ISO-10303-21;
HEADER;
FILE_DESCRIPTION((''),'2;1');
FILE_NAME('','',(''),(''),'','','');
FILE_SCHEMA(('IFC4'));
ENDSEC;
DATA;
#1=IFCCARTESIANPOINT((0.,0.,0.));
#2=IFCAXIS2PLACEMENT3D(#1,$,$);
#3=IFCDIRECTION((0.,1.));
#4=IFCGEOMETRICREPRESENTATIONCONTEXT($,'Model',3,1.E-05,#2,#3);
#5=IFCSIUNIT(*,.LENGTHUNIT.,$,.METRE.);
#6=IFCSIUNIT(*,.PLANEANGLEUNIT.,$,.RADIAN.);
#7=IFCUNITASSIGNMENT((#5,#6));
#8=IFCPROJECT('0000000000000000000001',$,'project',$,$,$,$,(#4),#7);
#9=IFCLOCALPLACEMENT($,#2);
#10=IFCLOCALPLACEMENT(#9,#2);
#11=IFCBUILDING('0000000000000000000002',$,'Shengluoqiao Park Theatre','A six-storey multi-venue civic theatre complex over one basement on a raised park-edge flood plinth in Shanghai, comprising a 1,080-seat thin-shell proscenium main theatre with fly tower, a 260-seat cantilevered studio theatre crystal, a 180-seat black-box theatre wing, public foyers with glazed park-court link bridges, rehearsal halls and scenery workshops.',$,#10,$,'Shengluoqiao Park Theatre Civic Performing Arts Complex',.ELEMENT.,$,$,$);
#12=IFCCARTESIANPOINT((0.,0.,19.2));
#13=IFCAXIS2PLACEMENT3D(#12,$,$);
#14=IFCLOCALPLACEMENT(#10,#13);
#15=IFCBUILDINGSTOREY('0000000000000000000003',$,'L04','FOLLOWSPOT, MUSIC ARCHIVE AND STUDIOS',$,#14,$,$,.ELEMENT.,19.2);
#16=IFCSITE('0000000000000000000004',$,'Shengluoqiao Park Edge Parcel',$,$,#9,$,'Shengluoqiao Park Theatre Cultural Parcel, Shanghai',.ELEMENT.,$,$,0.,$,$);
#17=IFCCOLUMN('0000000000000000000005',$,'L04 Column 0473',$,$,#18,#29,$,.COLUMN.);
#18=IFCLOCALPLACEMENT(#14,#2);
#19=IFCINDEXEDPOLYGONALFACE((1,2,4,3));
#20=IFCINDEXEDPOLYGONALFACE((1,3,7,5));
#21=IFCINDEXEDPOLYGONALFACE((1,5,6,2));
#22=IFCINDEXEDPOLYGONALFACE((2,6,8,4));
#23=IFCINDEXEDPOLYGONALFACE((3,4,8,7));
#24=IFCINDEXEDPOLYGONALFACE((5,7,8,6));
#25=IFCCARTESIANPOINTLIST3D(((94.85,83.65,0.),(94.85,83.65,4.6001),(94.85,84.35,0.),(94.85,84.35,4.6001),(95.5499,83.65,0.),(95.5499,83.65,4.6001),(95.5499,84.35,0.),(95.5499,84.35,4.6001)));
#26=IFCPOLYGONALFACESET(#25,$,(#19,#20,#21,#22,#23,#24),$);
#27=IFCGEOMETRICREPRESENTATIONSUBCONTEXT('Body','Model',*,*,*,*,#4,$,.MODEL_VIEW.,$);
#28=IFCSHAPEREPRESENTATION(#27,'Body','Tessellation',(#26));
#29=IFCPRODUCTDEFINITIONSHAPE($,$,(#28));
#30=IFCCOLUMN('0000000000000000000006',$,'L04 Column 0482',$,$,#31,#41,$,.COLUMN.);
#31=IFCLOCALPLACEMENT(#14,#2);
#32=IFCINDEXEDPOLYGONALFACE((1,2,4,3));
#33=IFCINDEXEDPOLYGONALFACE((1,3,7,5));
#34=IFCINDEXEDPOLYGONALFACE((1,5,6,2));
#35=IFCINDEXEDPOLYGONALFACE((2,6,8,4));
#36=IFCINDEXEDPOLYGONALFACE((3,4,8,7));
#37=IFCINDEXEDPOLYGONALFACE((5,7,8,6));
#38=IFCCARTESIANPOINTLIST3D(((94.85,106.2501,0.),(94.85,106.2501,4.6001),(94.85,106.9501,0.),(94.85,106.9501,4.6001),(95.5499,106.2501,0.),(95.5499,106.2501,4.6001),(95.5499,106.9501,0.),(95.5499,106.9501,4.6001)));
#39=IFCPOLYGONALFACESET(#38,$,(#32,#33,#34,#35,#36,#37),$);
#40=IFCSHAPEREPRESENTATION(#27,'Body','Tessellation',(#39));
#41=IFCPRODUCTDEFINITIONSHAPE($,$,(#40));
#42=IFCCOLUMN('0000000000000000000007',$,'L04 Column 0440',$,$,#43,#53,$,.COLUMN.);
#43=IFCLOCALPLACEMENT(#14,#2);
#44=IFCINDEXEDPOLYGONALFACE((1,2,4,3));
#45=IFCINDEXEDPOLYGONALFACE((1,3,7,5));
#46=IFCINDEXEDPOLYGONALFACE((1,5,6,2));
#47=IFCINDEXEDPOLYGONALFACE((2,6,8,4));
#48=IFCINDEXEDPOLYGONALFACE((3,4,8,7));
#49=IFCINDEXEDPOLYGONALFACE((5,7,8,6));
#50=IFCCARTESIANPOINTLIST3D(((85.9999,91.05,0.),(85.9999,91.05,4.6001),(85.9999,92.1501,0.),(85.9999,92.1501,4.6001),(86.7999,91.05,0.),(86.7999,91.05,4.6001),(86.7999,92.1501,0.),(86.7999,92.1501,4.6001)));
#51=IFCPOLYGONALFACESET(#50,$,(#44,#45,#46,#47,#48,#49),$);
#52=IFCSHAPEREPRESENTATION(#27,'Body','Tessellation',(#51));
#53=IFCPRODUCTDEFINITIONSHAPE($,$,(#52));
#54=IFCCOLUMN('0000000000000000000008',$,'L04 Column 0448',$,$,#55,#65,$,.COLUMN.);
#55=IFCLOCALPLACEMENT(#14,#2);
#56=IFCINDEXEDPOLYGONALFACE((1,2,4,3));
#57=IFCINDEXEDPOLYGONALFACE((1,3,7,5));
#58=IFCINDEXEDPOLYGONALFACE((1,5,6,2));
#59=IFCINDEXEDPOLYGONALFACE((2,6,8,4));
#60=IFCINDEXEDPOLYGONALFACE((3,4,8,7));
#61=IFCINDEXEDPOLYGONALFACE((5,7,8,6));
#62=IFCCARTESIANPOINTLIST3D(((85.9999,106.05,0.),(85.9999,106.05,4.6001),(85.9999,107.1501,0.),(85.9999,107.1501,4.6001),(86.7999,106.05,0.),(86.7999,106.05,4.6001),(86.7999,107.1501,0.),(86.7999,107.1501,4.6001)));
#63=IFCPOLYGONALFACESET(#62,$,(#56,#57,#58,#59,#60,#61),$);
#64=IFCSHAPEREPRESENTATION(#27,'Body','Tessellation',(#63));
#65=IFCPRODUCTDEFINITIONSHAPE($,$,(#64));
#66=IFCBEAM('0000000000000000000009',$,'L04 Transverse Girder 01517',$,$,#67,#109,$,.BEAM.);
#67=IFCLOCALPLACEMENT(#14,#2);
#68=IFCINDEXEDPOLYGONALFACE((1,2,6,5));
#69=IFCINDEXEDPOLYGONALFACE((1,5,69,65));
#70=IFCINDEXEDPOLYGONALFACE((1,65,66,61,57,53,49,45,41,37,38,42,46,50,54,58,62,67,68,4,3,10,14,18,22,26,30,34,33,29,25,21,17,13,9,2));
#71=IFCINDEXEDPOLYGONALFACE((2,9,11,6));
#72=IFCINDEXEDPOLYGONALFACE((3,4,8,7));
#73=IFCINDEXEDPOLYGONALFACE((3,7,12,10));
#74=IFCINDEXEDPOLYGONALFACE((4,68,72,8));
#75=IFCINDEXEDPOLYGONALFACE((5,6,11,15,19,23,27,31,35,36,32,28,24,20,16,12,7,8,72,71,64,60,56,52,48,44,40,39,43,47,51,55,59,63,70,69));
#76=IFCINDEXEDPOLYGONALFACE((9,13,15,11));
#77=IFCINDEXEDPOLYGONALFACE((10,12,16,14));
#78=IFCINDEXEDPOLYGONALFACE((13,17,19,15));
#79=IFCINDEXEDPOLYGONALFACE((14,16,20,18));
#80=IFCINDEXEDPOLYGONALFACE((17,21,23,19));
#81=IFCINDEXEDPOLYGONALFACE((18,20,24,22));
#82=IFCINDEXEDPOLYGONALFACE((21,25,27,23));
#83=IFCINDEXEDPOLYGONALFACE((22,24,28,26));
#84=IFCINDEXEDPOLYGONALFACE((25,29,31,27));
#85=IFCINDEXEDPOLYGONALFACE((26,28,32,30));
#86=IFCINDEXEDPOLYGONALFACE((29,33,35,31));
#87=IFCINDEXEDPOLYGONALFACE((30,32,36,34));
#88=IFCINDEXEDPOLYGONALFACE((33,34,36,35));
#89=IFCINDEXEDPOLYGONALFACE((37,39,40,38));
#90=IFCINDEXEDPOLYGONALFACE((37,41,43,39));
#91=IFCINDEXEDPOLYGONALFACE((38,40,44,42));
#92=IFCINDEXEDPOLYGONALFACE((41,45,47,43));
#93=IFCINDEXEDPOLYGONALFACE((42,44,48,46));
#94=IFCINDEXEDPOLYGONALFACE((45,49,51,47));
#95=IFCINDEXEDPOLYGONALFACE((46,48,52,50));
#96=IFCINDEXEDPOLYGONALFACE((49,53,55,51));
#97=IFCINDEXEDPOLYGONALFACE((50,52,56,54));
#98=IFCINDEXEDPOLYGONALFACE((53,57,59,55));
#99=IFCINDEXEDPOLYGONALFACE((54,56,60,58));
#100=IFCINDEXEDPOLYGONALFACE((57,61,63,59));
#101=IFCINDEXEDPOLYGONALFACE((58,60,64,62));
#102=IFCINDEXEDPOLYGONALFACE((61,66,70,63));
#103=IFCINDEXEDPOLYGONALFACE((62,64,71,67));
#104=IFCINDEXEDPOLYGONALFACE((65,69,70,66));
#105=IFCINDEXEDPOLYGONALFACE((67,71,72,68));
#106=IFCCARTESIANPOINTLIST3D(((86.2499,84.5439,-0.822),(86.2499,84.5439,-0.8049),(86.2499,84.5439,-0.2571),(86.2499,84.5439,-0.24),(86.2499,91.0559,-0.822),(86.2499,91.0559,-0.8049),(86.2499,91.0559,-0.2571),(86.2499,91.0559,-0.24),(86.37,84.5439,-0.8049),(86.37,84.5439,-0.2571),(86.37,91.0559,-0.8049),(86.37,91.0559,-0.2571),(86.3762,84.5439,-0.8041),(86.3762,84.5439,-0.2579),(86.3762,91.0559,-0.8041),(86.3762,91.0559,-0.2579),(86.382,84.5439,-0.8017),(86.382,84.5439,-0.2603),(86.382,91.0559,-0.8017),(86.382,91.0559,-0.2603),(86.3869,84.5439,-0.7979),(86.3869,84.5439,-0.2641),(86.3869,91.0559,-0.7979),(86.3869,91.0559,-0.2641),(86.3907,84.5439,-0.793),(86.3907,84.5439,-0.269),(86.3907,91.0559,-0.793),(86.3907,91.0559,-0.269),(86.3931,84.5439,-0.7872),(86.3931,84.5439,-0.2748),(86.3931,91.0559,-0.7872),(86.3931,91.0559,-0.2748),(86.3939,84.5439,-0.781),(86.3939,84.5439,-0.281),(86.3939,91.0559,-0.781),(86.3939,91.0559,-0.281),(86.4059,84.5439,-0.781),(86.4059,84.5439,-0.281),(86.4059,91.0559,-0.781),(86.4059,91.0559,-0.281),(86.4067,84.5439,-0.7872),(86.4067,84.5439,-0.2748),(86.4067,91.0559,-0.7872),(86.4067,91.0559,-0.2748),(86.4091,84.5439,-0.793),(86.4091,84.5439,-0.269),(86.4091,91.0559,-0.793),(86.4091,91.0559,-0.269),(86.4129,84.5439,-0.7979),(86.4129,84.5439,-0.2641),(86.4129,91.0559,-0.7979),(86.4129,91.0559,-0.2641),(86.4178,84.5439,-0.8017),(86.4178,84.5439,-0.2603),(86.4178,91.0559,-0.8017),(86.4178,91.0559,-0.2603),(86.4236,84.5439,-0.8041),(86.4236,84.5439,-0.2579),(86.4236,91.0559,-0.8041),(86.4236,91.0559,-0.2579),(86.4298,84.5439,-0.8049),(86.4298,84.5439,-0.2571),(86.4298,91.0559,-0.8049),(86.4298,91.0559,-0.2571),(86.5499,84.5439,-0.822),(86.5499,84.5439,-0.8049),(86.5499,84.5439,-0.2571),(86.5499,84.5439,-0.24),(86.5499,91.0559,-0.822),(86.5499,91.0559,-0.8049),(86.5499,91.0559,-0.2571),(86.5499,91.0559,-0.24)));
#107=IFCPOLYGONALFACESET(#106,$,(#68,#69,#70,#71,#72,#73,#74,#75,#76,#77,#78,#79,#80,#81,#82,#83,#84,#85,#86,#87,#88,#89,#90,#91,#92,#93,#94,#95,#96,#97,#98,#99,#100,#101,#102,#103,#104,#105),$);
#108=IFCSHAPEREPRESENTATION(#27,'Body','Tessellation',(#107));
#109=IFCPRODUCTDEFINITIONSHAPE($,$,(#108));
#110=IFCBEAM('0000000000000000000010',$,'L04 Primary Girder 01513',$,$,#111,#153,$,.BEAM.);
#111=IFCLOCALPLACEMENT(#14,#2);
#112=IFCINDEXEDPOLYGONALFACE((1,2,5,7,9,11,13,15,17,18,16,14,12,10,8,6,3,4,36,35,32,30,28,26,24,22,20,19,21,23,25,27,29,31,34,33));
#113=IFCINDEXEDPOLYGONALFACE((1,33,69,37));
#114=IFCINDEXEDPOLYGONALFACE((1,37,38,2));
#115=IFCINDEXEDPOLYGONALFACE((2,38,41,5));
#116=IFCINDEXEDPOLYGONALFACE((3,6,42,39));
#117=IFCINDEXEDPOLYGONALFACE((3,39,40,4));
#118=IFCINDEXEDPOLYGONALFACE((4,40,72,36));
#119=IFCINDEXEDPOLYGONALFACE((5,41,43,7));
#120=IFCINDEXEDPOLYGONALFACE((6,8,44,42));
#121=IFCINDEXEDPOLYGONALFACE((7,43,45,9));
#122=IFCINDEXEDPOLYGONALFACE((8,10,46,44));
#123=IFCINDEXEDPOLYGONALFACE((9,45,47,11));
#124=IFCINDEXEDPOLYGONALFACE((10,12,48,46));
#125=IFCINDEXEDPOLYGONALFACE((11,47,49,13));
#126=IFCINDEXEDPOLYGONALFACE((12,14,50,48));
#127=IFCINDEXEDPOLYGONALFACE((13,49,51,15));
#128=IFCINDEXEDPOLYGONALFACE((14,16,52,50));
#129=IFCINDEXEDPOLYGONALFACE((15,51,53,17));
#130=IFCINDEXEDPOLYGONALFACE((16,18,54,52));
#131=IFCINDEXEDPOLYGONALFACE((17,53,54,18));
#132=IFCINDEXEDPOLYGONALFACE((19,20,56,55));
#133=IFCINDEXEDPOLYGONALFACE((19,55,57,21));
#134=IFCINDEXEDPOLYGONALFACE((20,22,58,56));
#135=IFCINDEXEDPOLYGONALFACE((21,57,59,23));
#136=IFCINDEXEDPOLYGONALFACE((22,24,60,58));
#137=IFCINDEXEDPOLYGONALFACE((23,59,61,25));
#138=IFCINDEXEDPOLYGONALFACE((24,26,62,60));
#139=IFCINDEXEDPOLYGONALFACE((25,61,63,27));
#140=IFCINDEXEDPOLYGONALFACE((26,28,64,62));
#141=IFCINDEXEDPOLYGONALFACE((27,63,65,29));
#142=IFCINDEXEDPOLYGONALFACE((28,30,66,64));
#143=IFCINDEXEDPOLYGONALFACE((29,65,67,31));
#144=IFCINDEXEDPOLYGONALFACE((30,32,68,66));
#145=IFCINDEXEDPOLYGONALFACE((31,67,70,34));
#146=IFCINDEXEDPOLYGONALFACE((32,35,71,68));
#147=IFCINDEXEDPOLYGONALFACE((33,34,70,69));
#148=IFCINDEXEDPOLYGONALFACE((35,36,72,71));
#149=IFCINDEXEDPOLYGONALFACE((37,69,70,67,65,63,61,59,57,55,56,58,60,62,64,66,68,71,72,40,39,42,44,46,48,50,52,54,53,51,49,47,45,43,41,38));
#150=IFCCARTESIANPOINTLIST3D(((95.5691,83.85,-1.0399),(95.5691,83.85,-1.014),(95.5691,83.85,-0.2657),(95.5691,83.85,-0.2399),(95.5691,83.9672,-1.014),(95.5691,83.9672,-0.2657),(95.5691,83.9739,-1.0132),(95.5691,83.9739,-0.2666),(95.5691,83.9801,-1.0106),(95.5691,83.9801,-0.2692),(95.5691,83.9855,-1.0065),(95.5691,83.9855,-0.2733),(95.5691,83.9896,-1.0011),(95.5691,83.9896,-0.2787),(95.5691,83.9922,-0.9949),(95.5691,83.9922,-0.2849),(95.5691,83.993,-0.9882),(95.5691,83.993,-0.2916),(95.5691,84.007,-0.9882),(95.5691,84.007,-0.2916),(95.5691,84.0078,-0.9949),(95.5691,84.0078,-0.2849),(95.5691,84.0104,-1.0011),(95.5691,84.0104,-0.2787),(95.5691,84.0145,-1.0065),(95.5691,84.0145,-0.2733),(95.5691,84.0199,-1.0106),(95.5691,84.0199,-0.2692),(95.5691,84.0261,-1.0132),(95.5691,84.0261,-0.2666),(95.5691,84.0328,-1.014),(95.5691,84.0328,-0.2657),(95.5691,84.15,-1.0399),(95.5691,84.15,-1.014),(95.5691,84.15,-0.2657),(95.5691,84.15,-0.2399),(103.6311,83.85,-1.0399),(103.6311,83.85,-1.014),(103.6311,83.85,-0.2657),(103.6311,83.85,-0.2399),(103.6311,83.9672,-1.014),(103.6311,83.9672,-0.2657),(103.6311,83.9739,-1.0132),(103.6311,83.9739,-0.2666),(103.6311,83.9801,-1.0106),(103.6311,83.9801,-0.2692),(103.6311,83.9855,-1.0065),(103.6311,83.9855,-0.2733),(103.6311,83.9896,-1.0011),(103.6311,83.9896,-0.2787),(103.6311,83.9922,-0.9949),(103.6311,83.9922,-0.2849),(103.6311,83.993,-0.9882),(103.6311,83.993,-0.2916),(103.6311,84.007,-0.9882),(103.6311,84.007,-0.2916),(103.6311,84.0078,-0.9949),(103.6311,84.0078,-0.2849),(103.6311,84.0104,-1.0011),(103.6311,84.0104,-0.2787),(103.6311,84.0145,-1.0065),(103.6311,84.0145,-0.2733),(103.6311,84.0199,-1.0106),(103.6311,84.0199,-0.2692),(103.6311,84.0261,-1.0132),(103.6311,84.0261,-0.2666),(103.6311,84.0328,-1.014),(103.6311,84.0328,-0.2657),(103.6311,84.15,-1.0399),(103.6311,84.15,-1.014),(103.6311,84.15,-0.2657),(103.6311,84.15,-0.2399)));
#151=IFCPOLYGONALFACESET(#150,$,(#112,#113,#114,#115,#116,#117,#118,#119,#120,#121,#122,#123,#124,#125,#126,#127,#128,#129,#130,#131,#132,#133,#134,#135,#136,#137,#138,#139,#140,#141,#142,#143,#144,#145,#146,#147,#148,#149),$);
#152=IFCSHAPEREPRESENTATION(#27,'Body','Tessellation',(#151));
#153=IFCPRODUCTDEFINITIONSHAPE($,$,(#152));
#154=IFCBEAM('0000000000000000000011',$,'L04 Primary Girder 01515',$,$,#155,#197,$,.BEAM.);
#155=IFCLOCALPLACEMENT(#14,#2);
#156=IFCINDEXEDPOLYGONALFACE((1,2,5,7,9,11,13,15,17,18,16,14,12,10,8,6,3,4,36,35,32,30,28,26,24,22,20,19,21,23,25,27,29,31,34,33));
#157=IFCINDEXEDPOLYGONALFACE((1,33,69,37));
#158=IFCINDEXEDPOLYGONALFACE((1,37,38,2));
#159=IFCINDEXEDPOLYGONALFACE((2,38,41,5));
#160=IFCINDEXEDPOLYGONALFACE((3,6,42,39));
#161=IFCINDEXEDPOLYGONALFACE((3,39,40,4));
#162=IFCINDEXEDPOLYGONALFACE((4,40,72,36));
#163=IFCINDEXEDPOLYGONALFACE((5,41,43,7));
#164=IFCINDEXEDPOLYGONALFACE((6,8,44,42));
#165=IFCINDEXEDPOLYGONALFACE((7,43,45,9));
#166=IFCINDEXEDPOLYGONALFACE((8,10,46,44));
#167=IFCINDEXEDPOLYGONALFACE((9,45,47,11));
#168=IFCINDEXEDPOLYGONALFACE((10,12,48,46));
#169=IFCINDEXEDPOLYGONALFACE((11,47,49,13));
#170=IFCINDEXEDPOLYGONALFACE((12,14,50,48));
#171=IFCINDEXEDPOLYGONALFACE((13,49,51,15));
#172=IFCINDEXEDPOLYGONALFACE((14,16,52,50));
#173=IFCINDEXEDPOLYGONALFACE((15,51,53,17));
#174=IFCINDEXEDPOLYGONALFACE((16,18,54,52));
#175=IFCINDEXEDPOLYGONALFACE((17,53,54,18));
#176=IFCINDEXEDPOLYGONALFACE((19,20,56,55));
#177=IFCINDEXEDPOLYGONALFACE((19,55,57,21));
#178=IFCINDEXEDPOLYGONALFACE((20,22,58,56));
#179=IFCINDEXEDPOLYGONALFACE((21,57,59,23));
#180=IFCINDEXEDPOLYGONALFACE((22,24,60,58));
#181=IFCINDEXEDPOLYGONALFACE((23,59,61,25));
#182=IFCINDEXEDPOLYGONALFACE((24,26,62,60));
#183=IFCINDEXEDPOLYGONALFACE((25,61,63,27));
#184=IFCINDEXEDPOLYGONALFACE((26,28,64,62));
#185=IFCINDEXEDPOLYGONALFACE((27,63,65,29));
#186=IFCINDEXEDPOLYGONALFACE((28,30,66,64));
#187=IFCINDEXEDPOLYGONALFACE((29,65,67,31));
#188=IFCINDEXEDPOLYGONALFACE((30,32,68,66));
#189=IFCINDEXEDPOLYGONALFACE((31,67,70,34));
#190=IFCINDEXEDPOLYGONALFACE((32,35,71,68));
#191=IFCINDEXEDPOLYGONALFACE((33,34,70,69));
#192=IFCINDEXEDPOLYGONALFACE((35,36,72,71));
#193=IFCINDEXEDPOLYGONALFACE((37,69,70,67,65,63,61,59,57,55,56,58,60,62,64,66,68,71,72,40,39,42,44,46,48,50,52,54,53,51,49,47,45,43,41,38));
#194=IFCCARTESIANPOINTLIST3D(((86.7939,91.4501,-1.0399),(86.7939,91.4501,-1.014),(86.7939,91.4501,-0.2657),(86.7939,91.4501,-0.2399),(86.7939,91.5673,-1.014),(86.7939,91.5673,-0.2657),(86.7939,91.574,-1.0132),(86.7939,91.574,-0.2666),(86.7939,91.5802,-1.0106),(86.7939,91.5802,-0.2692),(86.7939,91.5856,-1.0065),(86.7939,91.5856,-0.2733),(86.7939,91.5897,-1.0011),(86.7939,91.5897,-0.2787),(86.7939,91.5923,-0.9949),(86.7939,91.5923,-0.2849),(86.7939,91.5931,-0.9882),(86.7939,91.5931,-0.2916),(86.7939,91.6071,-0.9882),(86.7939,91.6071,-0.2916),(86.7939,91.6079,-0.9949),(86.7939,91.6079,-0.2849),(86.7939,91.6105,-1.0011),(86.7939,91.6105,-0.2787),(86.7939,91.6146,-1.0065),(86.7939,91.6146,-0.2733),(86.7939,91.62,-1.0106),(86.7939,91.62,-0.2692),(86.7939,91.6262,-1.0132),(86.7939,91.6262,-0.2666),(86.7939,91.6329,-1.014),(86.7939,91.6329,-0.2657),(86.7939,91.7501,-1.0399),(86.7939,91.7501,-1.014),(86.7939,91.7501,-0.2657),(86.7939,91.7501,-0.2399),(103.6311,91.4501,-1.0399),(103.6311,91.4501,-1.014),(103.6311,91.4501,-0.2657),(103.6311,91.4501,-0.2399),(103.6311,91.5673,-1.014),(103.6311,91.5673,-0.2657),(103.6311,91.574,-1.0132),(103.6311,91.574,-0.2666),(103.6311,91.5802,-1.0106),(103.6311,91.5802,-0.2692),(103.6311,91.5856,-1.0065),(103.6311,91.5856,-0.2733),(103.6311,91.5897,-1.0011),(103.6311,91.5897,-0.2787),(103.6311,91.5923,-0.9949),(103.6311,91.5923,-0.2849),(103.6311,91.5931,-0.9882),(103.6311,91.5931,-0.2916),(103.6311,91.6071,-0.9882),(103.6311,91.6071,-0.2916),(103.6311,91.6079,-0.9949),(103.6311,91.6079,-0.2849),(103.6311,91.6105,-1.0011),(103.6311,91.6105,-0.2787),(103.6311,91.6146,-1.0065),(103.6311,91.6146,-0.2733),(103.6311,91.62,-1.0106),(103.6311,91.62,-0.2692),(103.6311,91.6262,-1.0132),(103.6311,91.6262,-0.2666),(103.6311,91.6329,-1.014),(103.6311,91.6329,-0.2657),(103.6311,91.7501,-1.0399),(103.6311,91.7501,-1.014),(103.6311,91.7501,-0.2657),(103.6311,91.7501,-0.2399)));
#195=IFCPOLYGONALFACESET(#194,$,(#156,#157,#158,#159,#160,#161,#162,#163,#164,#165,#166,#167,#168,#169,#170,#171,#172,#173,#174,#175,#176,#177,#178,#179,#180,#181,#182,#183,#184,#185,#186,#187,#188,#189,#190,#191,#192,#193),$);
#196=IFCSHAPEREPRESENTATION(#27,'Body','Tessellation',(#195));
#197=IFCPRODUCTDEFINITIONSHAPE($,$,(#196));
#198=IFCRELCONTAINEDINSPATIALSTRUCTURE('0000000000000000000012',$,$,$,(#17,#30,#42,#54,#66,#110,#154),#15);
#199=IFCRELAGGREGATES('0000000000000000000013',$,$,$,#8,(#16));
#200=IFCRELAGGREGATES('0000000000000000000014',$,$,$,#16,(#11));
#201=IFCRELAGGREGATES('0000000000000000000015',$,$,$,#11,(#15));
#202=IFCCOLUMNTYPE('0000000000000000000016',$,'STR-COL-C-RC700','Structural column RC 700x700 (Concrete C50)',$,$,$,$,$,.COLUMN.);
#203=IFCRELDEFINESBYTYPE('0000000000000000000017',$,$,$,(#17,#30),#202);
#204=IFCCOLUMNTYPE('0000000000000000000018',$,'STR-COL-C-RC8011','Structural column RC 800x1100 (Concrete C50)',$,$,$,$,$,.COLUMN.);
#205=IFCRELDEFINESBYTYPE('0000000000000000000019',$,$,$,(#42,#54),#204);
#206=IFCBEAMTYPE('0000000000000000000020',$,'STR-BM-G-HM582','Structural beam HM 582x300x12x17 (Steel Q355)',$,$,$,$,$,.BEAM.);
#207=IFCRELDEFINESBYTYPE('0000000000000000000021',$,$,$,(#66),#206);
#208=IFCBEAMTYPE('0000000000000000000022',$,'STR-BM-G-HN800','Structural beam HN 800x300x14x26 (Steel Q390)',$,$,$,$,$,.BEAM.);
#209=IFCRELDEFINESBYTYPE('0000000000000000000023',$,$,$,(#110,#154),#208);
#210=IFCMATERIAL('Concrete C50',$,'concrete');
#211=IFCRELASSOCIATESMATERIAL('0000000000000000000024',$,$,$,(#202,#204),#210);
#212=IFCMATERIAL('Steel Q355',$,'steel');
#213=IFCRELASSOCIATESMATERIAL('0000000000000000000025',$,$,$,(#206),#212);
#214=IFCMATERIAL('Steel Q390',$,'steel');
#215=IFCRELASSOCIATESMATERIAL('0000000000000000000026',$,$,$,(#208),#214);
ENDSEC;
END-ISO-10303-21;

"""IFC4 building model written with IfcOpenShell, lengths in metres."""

from ifc_helpers import new_model, si_unit, direction, frame, origin, origin_2d, place, context, subcontext, project, spatial, rectangle, i_section, extrude, material, material_profile, profile_set, type_object, element, save


model = new_model("IFC4")

# Units and contexts
model_context = context("Model", 3, precision=1e-05, world=origin(), true_north=direction((0.0, 1.0)))
body_context = subcontext(model_context, "Body", "Model", "MODEL_VIEW")
ifc_project = project(units=[si_unit("LENGTHUNIT", "METRE"), si_unit("PLANEANGLEUNIT", "RADIAN")], contexts=[model_context])

# Site, building, storey
site_placement = place(None, origin())
site = spatial("IfcSite", under=ifc_project, at=site_placement, Name="Shengluoqiao Park Edge Parcel", LongName="Shengluoqiao Park Theatre Cultural Parcel, Shanghai", CompositionType="ELEMENT", RefElevation=0.0)
building_placement = place(site_placement, origin())
building = spatial("IfcBuilding", under=site, at=building_placement, Name="Shengluoqiao Park Theatre", Description="A six-storey multi-venue civic theatre complex over one basement on a raised park-edge flood plinth in Shanghai, comprising a 1,080-seat thin-shell proscenium main theatre with fly tower, a 260-seat cantilevered studio theatre crystal, a 180-seat black-box theatre wing, public foyers with glazed park-court link bridges, rehearsal halls and scenery workshops.", LongName="Shengluoqiao Park Theatre Civic Performing Arts Complex", CompositionType="ELEMENT")
storey_placement = place(building_placement, frame((0.0, 0.0, 19.2)))
storey = spatial("IfcBuildingStorey", under=building, at=storey_placement, Name="L04", Description="FOLLOWSPOT, MUSIC ARCHIVE AND STUDIOS", CompositionType="ELEMENT", Elevation=19.2)

# Columns
ifc_material_1 = material(Name="Concrete C50", Category="concrete")
ifc_material_profile_1 = material_profile(ifc_material_1, rectangle(XDim=0.7, YDim=0.7, at=origin_2d()), Name="RC 700x700")
ifc_profile_set_1 = profile_set([ifc_material_profile_1], Name="Concrete C50")
column_type_1 = type_object("IfcColumnType", Name="STR-COL-C-RC700", Description="Structural column RC 700x700 (Concrete C50)", PredefinedType="COLUMN", material=ifc_profile_set_1)
for number, where, z_axis, x_axis, name in (
    (1, (95.2, 84.0, 0.0), (0.0, 0.0, 1.0), (1.0, 0.0, 0.0), "L04 Column 0473"),
    (2, (95.2, 106.6001, 0.0), (0.0, 0.0, 1.0), (1.0, 0.0, 0.0), "L04 Column 0482"),
):
    element("IfcColumn", number, at=place(storey_placement, frame(where, z_axis=z_axis, x_axis=x_axis)), inside=storey, type_object=column_type_1, Name=name, PredefinedType="COLUMN", context=body_context, shape_type="SweptSolid", body=[
        extrude(rectangle(XDim=0.7, YDim=0.7, at=origin_2d()), origin(), (0.0, 0.0, 1.0), 4.6001),
    ])
ifc_material_profile_2 = material_profile(ifc_material_1, rectangle(XDim=0.8, YDim=1.1001, at=origin_2d()), Name="RC 800x1100")
ifc_profile_set_2 = profile_set([ifc_material_profile_2], Name="Concrete C50")
column_type_2 = type_object("IfcColumnType", Name="STR-COL-C-RC8011", Description="Structural column RC 800x1100 (Concrete C50)", PredefinedType="COLUMN", material=ifc_profile_set_2)
for number, where, z_axis, x_axis, name in (
    (3, (86.3999, 91.6001, 0.0), (0.0, 0.0, 1.0), (1.0, 0.0, 0.0), "L04 Column 0440"),
    (4, (86.3999, 106.6001, 0.0), (0.0, 0.0, 1.0), (1.0, 0.0, 0.0), "L04 Column 0448"),
):
    element("IfcColumn", number, at=place(storey_placement, frame(where, z_axis=z_axis, x_axis=x_axis)), inside=storey, type_object=column_type_2, Name=name, PredefinedType="COLUMN", context=body_context, shape_type="SweptSolid", body=[
        extrude(rectangle(XDim=0.8, YDim=1.1001, at=origin_2d()), origin(), (0.0, 0.0, 1.0), 4.6001),
    ])

# Beams
ifc_material_2 = material(Name="Steel Q355", Category="steel")
ifc_material_profile_3 = material_profile(ifc_material_2, i_section(OverallWidth=0.3, OverallDepth=0.582, WebThickness=0.012, FlangeThickness=0.0171, FilletRadius=0.0239, at=origin_2d()), Name="HM 582x300x12x17")
ifc_profile_set_3 = profile_set([ifc_material_profile_3], Name="Steel Q355")
beam_type_1 = type_object("IfcBeamType", Name="STR-BM-G-HM582", Description="Structural beam HM 582x300x12x17 (Steel Q355)", PredefinedType="BEAM", material=ifc_profile_set_3)
beam_1_placement = place(storey_placement, frame((86.3999, 84.5439, -0.531), z_axis=(0.0, 1.0, 0.0), x_axis=(-1.0, 0.0, 0.0)))
element("IfcBeam", 5, at=beam_1_placement, inside=storey, type_object=beam_type_1, Name="L04 Transverse Girder 01517", PredefinedType="BEAM", context=body_context, shape_type="SweptSolid", body=[
    extrude(i_section(OverallWidth=0.3, OverallDepth=0.582, WebThickness=0.012, FlangeThickness=0.0171, FilletRadius=0.0239, at=origin_2d()), origin(), (0.0, 0.0, 1.0), 6.512),
])
ifc_material_3 = material(Name="Steel Q390", Category="steel")
ifc_material_profile_4 = material_profile(ifc_material_3, i_section(OverallWidth=0.3, OverallDepth=0.8, WebThickness=0.0139, FlangeThickness=0.0259, FilletRadius=0.0259, at=origin_2d()), Name="HN 800x300x14x26")
ifc_profile_set_4 = profile_set([ifc_material_profile_4], Name="Steel Q390")
beam_type_2 = type_object("IfcBeamType", Name="STR-BM-G-HN800", Description="Structural beam HN 800x300x14x26 (Steel Q390)", PredefinedType="BEAM", material=ifc_profile_set_4)
beam_2_placement = place(storey_placement, frame((95.5691, 84.0, -0.6399), z_axis=(1.0, 0.0, 0.0), x_axis=(0.0, 1.0, 0.0)))
element("IfcBeam", 6, at=beam_2_placement, inside=storey, type_object=beam_type_2, Name="L04 Primary Girder 01513", PredefinedType="BEAM", context=body_context, shape_type="SweptSolid", body=[
    extrude(i_section(OverallWidth=0.3, OverallDepth=0.8, WebThickness=0.0139, FlangeThickness=0.0259, FilletRadius=0.0259, at=origin_2d()), origin(), (0.0, 0.0, 1.0), 8.062),
])
beam_3_placement = place(storey_placement, frame((86.7939, 91.6001, -0.6399), z_axis=(1.0, 0.0, 0.0), x_axis=(0.0, 1.0, 0.0)))
element("IfcBeam", 7, at=beam_3_placement, inside=storey, type_object=beam_type_2, Name="L04 Primary Girder 01515", PredefinedType="BEAM", context=body_context, shape_type="SweptSolid", body=[
    extrude(i_section(OverallWidth=0.3, OverallDepth=0.8, WebThickness=0.0139, FlangeThickness=0.0259, FilletRadius=0.0259, at=origin_2d()), origin(), (0.0, 0.0, 1.0), 16.8372),
])

save(model, "model.ifc")
